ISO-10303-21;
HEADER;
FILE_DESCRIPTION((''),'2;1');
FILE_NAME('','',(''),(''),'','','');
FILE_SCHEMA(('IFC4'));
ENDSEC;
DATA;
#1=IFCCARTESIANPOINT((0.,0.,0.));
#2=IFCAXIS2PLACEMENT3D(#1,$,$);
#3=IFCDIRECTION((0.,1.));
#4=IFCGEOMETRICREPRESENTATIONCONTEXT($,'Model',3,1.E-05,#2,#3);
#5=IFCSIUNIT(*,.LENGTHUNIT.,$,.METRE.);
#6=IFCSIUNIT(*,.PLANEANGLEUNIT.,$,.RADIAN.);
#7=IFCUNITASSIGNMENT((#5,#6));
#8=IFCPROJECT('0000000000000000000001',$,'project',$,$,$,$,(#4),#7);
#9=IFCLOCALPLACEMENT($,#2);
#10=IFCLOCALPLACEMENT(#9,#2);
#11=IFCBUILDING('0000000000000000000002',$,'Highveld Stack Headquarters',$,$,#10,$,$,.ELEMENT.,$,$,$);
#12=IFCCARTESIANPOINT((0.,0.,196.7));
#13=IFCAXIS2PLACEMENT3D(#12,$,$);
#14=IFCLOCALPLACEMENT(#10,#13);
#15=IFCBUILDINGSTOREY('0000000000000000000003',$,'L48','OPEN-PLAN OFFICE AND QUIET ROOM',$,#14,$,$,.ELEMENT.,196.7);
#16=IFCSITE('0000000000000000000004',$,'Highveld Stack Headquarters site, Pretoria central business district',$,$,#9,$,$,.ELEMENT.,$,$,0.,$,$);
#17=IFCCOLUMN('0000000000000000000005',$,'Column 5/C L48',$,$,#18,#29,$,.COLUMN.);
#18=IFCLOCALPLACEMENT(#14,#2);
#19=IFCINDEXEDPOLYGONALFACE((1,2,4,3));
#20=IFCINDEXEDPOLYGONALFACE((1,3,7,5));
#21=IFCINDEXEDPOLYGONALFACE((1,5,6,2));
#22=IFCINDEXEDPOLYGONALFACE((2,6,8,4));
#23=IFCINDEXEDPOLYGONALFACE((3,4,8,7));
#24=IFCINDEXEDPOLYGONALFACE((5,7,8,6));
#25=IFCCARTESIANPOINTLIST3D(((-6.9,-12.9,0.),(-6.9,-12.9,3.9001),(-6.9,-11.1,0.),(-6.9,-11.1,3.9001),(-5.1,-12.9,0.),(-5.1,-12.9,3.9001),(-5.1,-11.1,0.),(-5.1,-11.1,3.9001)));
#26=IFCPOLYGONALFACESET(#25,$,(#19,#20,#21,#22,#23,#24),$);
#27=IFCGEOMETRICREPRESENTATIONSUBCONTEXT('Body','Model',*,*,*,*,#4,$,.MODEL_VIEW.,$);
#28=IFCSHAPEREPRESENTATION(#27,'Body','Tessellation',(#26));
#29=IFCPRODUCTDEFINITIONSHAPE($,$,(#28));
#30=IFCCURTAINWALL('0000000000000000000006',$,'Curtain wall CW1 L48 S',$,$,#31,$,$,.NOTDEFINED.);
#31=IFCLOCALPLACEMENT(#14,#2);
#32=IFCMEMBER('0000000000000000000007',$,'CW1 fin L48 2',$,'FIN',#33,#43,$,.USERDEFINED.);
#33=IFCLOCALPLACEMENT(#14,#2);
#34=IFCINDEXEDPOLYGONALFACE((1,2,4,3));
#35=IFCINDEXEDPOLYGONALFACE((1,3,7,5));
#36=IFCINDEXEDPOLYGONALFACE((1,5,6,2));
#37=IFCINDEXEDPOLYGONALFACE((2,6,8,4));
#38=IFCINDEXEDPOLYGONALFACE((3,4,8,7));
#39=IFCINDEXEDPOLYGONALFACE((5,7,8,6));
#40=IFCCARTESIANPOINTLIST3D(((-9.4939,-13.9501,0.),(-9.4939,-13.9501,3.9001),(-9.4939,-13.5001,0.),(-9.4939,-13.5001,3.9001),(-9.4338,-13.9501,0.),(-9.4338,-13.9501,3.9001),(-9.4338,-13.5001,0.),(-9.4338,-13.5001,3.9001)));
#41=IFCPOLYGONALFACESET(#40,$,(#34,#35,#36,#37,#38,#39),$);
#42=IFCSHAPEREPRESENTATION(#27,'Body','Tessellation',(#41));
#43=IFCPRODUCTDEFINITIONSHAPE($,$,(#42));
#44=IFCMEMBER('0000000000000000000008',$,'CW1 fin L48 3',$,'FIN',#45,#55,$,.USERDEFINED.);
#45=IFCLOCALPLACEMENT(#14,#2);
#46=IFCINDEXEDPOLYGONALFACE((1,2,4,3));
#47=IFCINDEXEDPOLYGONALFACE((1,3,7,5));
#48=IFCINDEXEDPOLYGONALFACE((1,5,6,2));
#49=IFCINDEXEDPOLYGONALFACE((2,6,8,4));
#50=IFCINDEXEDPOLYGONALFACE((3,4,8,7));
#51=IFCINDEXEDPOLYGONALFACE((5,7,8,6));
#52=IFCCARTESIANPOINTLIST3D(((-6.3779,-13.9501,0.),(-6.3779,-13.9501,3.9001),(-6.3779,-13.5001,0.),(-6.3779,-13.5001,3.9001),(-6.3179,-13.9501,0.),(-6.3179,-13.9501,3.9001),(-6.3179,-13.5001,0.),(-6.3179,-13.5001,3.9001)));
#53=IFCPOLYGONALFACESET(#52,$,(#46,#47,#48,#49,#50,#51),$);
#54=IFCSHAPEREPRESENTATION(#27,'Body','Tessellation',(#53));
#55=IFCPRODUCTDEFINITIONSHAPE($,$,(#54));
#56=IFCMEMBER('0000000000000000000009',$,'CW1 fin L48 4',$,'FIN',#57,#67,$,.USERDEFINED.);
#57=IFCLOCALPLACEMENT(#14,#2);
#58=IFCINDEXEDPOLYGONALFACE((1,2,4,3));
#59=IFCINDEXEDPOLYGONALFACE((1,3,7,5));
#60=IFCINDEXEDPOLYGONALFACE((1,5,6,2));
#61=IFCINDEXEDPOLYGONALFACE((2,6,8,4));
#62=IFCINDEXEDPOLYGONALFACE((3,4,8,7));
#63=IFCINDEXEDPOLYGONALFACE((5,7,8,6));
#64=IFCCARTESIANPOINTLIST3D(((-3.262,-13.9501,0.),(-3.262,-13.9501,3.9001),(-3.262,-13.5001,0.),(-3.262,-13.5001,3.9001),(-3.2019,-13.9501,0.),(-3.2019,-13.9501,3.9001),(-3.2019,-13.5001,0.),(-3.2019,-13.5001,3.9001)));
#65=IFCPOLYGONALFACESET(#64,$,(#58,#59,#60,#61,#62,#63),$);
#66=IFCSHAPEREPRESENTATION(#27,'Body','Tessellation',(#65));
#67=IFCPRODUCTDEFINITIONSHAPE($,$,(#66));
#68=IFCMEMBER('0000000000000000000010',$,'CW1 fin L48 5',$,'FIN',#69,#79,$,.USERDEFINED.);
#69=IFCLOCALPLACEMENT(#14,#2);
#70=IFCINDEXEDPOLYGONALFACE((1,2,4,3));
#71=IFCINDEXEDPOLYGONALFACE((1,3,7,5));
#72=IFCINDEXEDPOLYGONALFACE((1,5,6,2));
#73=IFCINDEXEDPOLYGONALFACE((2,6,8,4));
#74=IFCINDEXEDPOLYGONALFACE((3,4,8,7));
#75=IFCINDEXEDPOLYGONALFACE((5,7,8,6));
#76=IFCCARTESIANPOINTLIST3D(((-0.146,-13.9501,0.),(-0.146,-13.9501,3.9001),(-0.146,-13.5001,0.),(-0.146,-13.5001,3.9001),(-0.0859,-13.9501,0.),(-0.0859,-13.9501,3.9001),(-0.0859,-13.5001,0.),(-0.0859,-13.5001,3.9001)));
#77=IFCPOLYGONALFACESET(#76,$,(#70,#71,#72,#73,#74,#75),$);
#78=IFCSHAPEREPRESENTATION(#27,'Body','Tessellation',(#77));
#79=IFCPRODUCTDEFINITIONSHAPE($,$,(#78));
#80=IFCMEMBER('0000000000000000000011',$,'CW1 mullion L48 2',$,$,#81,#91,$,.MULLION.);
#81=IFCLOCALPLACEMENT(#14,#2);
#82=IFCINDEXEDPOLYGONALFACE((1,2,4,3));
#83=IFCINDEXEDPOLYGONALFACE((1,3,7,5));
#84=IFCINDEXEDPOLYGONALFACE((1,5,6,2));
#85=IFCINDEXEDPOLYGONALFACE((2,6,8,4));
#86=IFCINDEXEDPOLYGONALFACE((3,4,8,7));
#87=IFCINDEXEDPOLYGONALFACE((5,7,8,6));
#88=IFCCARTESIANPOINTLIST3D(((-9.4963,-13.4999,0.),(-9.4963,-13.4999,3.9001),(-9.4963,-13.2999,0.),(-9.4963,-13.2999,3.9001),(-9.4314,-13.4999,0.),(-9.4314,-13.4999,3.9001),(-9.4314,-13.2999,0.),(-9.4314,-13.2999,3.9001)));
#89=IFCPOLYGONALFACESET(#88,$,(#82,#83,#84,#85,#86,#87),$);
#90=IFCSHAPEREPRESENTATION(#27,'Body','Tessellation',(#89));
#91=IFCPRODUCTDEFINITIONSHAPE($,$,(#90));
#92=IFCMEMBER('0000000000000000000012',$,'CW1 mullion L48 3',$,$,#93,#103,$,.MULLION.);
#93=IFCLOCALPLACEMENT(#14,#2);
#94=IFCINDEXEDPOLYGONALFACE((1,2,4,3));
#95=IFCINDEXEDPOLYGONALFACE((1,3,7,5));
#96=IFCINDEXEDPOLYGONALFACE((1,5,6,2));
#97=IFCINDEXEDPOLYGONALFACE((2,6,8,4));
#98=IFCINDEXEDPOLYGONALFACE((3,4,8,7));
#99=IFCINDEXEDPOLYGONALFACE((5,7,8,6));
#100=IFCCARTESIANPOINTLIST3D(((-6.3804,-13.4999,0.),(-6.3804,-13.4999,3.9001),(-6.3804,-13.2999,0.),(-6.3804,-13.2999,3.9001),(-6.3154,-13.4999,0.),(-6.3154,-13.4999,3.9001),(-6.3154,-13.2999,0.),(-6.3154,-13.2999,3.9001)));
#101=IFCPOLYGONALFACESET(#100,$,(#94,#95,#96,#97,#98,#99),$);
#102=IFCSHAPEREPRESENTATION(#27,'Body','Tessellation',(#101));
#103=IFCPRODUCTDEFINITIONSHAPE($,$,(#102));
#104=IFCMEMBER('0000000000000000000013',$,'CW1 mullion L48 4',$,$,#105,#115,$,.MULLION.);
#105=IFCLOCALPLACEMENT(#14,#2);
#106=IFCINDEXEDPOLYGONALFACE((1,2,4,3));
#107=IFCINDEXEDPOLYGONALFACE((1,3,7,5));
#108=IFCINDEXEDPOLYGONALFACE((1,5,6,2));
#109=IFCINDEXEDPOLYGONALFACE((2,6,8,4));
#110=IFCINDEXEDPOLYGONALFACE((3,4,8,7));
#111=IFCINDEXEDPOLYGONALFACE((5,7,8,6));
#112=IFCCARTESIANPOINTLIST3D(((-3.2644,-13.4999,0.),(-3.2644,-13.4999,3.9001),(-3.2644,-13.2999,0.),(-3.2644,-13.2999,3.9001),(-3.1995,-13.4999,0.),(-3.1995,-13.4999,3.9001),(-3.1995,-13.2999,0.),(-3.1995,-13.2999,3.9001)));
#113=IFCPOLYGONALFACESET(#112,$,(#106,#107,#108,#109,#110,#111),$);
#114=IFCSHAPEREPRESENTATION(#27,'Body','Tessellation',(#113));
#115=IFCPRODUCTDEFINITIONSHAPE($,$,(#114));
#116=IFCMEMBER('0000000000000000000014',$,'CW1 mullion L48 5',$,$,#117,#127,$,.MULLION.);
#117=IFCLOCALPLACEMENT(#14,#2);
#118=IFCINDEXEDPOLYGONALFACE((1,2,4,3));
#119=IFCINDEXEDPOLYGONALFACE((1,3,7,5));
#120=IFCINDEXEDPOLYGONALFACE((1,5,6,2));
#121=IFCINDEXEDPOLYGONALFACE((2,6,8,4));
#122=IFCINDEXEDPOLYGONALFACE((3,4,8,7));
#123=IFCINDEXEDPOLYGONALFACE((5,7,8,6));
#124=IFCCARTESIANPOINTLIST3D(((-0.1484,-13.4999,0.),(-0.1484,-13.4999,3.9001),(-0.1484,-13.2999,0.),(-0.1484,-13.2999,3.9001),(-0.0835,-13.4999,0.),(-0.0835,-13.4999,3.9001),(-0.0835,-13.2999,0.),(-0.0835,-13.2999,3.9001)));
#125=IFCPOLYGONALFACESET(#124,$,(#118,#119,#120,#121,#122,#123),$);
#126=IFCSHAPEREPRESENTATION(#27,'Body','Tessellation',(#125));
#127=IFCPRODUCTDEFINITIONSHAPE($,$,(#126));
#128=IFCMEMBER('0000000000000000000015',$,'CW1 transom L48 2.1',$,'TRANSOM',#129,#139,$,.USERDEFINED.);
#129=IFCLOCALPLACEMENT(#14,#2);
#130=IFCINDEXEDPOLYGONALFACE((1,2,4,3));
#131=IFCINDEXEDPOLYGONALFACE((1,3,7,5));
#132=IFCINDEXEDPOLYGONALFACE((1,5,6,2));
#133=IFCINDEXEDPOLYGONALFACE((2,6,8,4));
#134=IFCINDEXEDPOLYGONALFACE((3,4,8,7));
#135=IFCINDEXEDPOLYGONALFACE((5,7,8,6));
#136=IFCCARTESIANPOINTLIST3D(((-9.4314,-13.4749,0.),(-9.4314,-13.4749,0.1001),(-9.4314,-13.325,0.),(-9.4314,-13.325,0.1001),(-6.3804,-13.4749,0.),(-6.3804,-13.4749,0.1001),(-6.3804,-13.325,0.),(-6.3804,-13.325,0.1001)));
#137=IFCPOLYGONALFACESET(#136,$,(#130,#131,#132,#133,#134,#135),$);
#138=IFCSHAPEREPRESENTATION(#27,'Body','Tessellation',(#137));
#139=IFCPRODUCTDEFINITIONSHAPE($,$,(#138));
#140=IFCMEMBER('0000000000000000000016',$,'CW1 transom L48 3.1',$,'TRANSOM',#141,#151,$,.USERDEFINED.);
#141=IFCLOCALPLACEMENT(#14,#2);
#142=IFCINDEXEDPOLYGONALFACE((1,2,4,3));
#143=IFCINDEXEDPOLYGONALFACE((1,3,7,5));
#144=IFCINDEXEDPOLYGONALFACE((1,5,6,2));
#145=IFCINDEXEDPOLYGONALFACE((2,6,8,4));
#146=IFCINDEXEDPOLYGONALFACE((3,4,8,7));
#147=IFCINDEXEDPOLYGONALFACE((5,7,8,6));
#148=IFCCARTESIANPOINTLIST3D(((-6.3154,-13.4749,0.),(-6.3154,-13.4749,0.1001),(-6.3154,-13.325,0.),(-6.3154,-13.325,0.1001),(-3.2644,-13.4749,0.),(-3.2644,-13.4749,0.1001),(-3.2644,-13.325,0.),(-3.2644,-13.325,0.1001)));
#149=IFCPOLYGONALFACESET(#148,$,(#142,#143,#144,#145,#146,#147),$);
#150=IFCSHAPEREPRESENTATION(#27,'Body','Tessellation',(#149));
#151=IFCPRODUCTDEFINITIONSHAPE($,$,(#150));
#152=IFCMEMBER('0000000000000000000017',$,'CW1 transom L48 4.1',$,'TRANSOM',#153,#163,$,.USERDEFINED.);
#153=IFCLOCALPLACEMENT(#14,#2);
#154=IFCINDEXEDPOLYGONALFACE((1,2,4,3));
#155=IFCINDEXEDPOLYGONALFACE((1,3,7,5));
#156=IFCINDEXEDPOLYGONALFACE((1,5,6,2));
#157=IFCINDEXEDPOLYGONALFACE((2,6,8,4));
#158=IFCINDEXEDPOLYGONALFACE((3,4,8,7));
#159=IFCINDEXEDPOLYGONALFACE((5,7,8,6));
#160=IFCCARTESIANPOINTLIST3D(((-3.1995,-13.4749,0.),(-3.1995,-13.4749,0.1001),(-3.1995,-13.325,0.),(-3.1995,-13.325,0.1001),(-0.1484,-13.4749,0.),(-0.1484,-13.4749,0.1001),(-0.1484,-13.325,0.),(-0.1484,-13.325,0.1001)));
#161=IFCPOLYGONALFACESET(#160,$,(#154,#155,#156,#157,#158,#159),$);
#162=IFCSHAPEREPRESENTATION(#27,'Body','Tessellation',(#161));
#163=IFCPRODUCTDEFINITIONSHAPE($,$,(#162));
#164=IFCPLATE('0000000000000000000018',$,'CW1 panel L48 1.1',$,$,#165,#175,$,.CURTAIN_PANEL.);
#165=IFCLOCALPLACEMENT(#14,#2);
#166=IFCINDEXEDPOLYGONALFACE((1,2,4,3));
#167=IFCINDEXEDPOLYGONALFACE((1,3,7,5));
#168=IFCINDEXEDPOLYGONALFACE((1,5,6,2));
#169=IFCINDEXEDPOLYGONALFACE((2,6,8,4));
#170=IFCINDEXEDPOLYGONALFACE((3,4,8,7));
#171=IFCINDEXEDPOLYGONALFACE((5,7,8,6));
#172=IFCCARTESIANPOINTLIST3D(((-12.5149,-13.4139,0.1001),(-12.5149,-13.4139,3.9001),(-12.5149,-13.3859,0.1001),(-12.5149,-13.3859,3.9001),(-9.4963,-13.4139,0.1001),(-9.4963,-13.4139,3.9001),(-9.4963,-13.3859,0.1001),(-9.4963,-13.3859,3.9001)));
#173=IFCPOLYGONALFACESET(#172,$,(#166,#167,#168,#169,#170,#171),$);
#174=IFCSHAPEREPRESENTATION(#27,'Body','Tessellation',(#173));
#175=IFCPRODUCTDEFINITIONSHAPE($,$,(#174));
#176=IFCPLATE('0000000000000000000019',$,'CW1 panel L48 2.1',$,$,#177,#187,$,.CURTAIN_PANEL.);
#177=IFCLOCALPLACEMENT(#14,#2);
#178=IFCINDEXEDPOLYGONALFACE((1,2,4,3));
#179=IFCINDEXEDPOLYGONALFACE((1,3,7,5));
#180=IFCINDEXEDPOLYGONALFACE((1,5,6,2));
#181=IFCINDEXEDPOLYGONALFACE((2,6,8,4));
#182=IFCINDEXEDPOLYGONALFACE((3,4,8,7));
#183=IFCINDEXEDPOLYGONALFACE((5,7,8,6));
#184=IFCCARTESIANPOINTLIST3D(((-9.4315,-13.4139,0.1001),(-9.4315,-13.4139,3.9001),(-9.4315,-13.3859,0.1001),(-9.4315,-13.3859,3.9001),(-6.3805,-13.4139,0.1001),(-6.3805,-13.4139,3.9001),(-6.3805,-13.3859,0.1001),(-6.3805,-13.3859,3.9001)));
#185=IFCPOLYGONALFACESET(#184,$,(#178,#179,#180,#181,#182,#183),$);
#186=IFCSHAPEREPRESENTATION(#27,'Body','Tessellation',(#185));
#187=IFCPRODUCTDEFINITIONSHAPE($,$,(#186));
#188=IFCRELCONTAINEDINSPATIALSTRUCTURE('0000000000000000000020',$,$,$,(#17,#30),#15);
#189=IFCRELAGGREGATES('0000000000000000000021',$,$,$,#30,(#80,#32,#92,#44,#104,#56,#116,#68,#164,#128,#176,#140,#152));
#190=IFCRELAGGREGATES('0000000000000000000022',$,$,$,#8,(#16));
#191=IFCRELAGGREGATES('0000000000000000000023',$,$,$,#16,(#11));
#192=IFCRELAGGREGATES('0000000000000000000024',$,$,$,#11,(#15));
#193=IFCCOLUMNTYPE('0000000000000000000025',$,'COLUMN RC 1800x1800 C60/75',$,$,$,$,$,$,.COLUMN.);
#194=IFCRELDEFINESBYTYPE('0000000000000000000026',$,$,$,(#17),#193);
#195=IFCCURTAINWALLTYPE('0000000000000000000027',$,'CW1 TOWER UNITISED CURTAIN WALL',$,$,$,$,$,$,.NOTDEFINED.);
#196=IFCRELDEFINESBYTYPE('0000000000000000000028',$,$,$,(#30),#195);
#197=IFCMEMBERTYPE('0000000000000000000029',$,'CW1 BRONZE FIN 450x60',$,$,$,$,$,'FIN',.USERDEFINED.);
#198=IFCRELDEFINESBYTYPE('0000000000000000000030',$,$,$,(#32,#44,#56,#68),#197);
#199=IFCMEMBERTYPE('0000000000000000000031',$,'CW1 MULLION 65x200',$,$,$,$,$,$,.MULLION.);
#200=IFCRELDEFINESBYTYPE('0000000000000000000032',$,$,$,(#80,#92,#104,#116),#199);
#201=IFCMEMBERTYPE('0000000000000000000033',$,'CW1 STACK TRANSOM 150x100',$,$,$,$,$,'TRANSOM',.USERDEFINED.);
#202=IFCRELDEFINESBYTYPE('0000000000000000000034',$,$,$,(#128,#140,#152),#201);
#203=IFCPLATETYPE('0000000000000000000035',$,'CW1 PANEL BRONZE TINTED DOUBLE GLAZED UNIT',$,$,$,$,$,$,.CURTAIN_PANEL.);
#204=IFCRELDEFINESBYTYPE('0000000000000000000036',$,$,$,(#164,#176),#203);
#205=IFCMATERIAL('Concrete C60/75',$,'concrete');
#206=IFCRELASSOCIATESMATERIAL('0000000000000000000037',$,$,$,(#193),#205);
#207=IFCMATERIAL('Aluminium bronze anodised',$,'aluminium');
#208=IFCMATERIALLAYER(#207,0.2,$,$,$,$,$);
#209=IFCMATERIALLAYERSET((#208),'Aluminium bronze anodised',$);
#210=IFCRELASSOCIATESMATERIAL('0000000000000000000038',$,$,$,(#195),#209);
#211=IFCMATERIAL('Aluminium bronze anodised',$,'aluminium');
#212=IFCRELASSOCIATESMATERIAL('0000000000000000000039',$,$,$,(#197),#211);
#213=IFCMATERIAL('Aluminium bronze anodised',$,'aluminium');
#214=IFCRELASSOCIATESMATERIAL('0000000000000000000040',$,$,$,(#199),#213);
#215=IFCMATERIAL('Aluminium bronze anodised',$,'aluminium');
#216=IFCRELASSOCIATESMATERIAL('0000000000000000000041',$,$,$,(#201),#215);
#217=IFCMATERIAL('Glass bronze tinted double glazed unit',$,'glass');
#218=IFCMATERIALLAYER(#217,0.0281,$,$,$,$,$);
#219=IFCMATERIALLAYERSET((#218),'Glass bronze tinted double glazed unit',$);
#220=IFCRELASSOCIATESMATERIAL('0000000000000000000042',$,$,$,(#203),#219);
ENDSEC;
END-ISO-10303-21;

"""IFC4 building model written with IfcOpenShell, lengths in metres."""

from ifc_helpers import new_model, si_unit, direction, frame, origin, origin_2d, place, context, subcontext, project, spatial, rectangle, extrude, material, layer, layer_set, material_profile, profile_set, type_object, element, aggregate, save


model = new_model("IFC4")

# Units and contexts
model_context = context("Model", 3, precision=1e-05, world=origin(), true_north=direction((0.0, 1.0)))
body_context = subcontext(model_context, "Body", "Model", "MODEL_VIEW")
ifc_project = project(units=[si_unit("LENGTHUNIT", "METRE"), si_unit("PLANEANGLEUNIT", "RADIAN")], contexts=[model_context])

# Site, building, storey
site_placement = place(None, origin())
site = spatial("IfcSite", under=ifc_project, at=site_placement, Name="Highveld Stack Headquarters site, Pretoria central business district", CompositionType="ELEMENT", RefElevation=0.0)
building_placement = place(site_placement, origin())
building = spatial("IfcBuilding", under=site, at=building_placement, Name="Highveld Stack Headquarters", CompositionType="ELEMENT")
storey_placement = place(building_placement, frame((0.0, 0.0, 196.7)))
storey = spatial("IfcBuildingStorey", under=building, at=storey_placement, Name="L48", Description="OPEN-PLAN OFFICE AND QUIET ROOM", CompositionType="ELEMENT", Elevation=196.7)

# Column
ifc_material_1 = material(Name="Concrete C60/75", Category="concrete")
ifc_material_profile_1 = material_profile(ifc_material_1, rectangle(XDim=1.8, YDim=1.8, at=origin_2d()), Name="RC 1800x1800")
ifc_profile_set_1 = profile_set([ifc_material_profile_1], Name="Concrete C60/75")
column_type = type_object("IfcColumnType", Name="COLUMN RC 1800x1800 C60/75", PredefinedType="COLUMN", material=ifc_profile_set_1)
column_placement = place(storey_placement, frame((-6.0, -12.0, 0.0), z_axis=(0.0, 0.0, 1.0), x_axis=(1.0, 0.0, 0.0)))
element("IfcColumn", 1, at=column_placement, inside=storey, type_object=column_type, Name="Column 5/C L48", PredefinedType="COLUMN", context=body_context, shape_type="SweptSolid", body=[
    extrude(rectangle(XDim=1.8, YDim=1.8, at=origin_2d()), origin(), (0.0, 0.0, 1.0), 3.9001),
])

# Curtain wall, members, plates
ifc_material_2 = material(Name="Aluminium bronze anodised", Category="aluminium")
ifc_layer_1 = layer(ifc_material_2, 0.2)
ifc_layer_set_1 = layer_set([ifc_layer_1], Name="Aluminium bronze anodised")
curtain_wall_type = type_object("IfcCurtainWallType", Name="CW1 TOWER UNITISED CURTAIN WALL", PredefinedType="NOTDEFINED", material=ifc_layer_set_1)
curtain_wall_placement = place(storey_placement, origin())
curtain_wall = element("IfcCurtainWall", 2, at=curtain_wall_placement, inside=storey, type_object=curtain_wall_type, Name="Curtain wall CW1 L48 S", PredefinedType="NOTDEFINED")
ifc_material_3 = material(Name="Aluminium bronze anodised", Category="aluminium")
ifc_material_profile_2 = material_profile(ifc_material_3, rectangle(XDim=0.45, YDim=0.0601, at=origin_2d()), Name="FIN 450x60")
ifc_profile_set_2 = profile_set([ifc_material_profile_2], Name="Aluminium bronze anodised")
member_type_1 = type_object("IfcMemberType", Name="CW1 BRONZE FIN 450x60", ElementType="FIN", PredefinedType="USERDEFINED", material=ifc_profile_set_2)
member_1_placement = place(storey_placement, frame((-9.4639, -13.7251, 0.0), z_axis=(0.0, 0.0, 1.0), x_axis=(0.0, 1.0, 0.0)))
member_1 = element("IfcMember", 3, at=member_1_placement, type_object=member_type_1, Name="CW1 fin L48 2", ObjectType="FIN", PredefinedType="USERDEFINED", context=body_context, shape_type="SweptSolid", body=[
    extrude(rectangle(XDim=0.45, YDim=0.0601, at=origin_2d()), origin(), (0.0, 0.0, 1.0), 3.9001),
])
member_2_placement = place(storey_placement, frame((-6.3479, -13.7251, 0.0), z_axis=(0.0, 0.0, 1.0), x_axis=(0.0, 1.0, 0.0)))
member_2 = element("IfcMember", 4, at=member_2_placement, type_object=member_type_1, Name="CW1 fin L48 3", ObjectType="FIN", PredefinedType="USERDEFINED", context=body_context, shape_type="SweptSolid", body=[
    extrude(rectangle(XDim=0.45, YDim=0.0601, at=origin_2d()), origin(), (0.0, 0.0, 1.0), 3.9001),
])
member_3_placement = place(storey_placement, frame((-3.2319, -13.7251, 0.0), z_axis=(0.0, 0.0, 1.0), x_axis=(0.0, 1.0, 0.0)))
member_3 = element("IfcMember", 5, at=member_3_placement, type_object=member_type_1, Name="CW1 fin L48 4", ObjectType="FIN", PredefinedType="USERDEFINED", context=body_context, shape_type="SweptSolid", body=[
    extrude(rectangle(XDim=0.45, YDim=0.0601, at=origin_2d()), origin(), (0.0, 0.0, 1.0), 3.9001),
])
member_4_placement = place(storey_placement, frame((-0.116, -13.7251, 0.0), z_axis=(0.0, 0.0, 1.0), x_axis=(0.0, 1.0, 0.0)))
member_4 = element("IfcMember", 6, at=member_4_placement, type_object=member_type_1, Name="CW1 fin L48 5", ObjectType="FIN", PredefinedType="USERDEFINED", context=body_context, shape_type="SweptSolid", body=[
    extrude(rectangle(XDim=0.45, YDim=0.0601, at=origin_2d()), origin(), (0.0, 0.0, 1.0), 3.9001),
])
ifc_material_4 = material(Name="Aluminium bronze anodised", Category="aluminium")
ifc_material_profile_3 = material_profile(ifc_material_4, rectangle(XDim=0.2, YDim=0.0649, at=origin_2d()), Name="CW1 MULLION 65x200")
ifc_profile_set_3 = profile_set([ifc_material_profile_3], Name="Aluminium bronze anodised")
member_type_2 = type_object("IfcMemberType", Name="CW1 MULLION 65x200", PredefinedType="MULLION", material=ifc_profile_set_3)
member_5_placement = place(storey_placement, frame((-9.4639, -13.3999, 0.0), z_axis=(0.0, 0.0, 1.0), x_axis=(0.0, 1.0, 0.0)))
member_5 = element("IfcMember", 7, at=member_5_placement, type_object=member_type_2, Name="CW1 mullion L48 2", PredefinedType="MULLION", context=body_context, shape_type="SweptSolid", body=[
    extrude(rectangle(XDim=0.2, YDim=0.0649, at=origin_2d()), origin(), (0.0, 0.0, 1.0), 3.9001),
])
member_6_placement = place(storey_placement, frame((-6.3479, -13.3999, 0.0), z_axis=(0.0, 0.0, 1.0), x_axis=(0.0, 1.0, 0.0)))
member_6 = element("IfcMember", 8, at=member_6_placement, type_object=member_type_2, Name="CW1 mullion L48 3", PredefinedType="MULLION", context=body_context, shape_type="SweptSolid", body=[
    extrude(rectangle(XDim=0.2, YDim=0.0649, at=origin_2d()), origin(), (0.0, 0.0, 1.0), 3.9001),
])
member_7_placement = place(storey_placement, frame((-3.2319, -13.3999, 0.0), z_axis=(0.0, 0.0, 1.0), x_axis=(0.0, 1.0, 0.0)))
member_7 = element("IfcMember", 9, at=member_7_placement, type_object=member_type_2, Name="CW1 mullion L48 4", PredefinedType="MULLION", context=body_context, shape_type="SweptSolid", body=[
    extrude(rectangle(XDim=0.2, YDim=0.0649, at=origin_2d()), origin(), (0.0, 0.0, 1.0), 3.9001),
])
member_8_placement = place(storey_placement, frame((-0.116, -13.3999, 0.0), z_axis=(0.0, 0.0, 1.0), x_axis=(0.0, 1.0, 0.0)))
member_8 = element("IfcMember", 10, at=member_8_placement, type_object=member_type_2, Name="CW1 mullion L48 5", PredefinedType="MULLION", context=body_context, shape_type="SweptSolid", body=[
    extrude(rectangle(XDim=0.2, YDim=0.0649, at=origin_2d()), origin(), (0.0, 0.0, 1.0), 3.9001),
])
ifc_material_5 = material(Name="Aluminium bronze anodised", Category="aluminium")
ifc_material_profile_4 = material_profile(ifc_material_5, rectangle(XDim=0.1499, YDim=0.1001, at=origin_2d()), Name="CW1 TRANSOM 150x100")
ifc_profile_set_4 = profile_set([ifc_material_profile_4], Name="Aluminium bronze anodised")
member_type_3 = type_object("IfcMemberType", Name="CW1 STACK TRANSOM 150x100", ElementType="TRANSOM", PredefinedType="USERDEFINED", material=ifc_profile_set_4)
member_9_placement = place(storey_placement, frame((-9.4314, -13.3999, 0.05), z_axis=(1.0, 0.0, 0.0), x_axis=(0.0, 1.0, 0.0)))
member_9 = element("IfcMember", 11, at=member_9_placement, type_object=member_type_3, Name="CW1 transom L48 2.1", ObjectType="TRANSOM", PredefinedType="USERDEFINED", context=body_context, shape_type="SweptSolid", body=[
    extrude(rectangle(XDim=0.1499, YDim=0.1001, at=origin_2d()), origin(), (0.0, 0.0, 1.0), 3.051),
])
member_10_placement = place(storey_placement, frame((-6.3154, -13.3999, 0.05), z_axis=(1.0, 0.0, 0.0), x_axis=(0.0, 1.0, 0.0)))
member_10 = element("IfcMember", 12, at=member_10_placement, type_object=member_type_3, Name="CW1 transom L48 3.1", ObjectType="TRANSOM", PredefinedType="USERDEFINED", context=body_context, shape_type="SweptSolid", body=[
    extrude(rectangle(XDim=0.1499, YDim=0.1001, at=origin_2d()), origin(), (0.0, 0.0, 1.0), 3.051),
])
member_11_placement = place(storey_placement, frame((-3.1995, -13.3999, 0.05), z_axis=(1.0, 0.0, 0.0), x_axis=(0.0, 1.0, 0.0)))
member_11 = element("IfcMember", 13, at=member_11_placement, type_object=member_type_3, Name="CW1 transom L48 4.1", ObjectType="TRANSOM", PredefinedType="USERDEFINED", context=body_context, shape_type="SweptSolid", body=[
    extrude(rectangle(XDim=0.1499, YDim=0.1001, at=origin_2d()), origin(), (0.0, 0.0, 1.0), 3.051),
])
ifc_material_6 = material(Name="Glass bronze tinted double glazed unit", Category="glass")
ifc_layer_2 = layer(ifc_material_6, 0.0281)
ifc_layer_set_2 = layer_set([ifc_layer_2], Name="Glass bronze tinted double glazed unit")
plate_type = type_object("IfcPlateType", Name="CW1 PANEL BRONZE TINTED DOUBLE GLAZED UNIT", PredefinedType="CURTAIN_PANEL", material=ifc_layer_set_2)
plate_1_placement = place(storey_placement, frame((-11.0056, -13.3999, 0.1001), z_axis=(0.0, 0.0, 1.0), x_axis=(1.0, 0.0, 0.0)))
plate_1 = element("IfcPlate", 14, at=plate_1_placement, type_object=plate_type, Name="CW1 panel L48 1.1", PredefinedType="CURTAIN_PANEL", context=body_context, shape_type="SweptSolid", body=[
    extrude(rectangle(XDim=3.0186, YDim=0.0281, at=origin_2d()), origin(), (0.0, 0.0, 1.0), 3.8),
])
plate_2_placement = place(storey_placement, frame((-7.906, -13.3999, 0.1001), z_axis=(0.0, 0.0, 1.0), x_axis=(1.0, 0.0, 0.0)))
plate_2 = element("IfcPlate", 15, at=plate_2_placement, type_object=plate_type, Name="CW1 panel L48 2.1", PredefinedType="CURTAIN_PANEL", context=body_context, shape_type="SweptSolid", body=[
    extrude(rectangle(XDim=3.051, YDim=0.0281, at=origin_2d()), origin(), (0.0, 0.0, 1.0), 3.8),
])
aggregate(curtain_wall, [member_5, member_1, member_6, member_2, member_7, member_3, member_8, member_4, plate_1, member_9, plate_2, member_10, member_11])

save(model, "model.ifc")
